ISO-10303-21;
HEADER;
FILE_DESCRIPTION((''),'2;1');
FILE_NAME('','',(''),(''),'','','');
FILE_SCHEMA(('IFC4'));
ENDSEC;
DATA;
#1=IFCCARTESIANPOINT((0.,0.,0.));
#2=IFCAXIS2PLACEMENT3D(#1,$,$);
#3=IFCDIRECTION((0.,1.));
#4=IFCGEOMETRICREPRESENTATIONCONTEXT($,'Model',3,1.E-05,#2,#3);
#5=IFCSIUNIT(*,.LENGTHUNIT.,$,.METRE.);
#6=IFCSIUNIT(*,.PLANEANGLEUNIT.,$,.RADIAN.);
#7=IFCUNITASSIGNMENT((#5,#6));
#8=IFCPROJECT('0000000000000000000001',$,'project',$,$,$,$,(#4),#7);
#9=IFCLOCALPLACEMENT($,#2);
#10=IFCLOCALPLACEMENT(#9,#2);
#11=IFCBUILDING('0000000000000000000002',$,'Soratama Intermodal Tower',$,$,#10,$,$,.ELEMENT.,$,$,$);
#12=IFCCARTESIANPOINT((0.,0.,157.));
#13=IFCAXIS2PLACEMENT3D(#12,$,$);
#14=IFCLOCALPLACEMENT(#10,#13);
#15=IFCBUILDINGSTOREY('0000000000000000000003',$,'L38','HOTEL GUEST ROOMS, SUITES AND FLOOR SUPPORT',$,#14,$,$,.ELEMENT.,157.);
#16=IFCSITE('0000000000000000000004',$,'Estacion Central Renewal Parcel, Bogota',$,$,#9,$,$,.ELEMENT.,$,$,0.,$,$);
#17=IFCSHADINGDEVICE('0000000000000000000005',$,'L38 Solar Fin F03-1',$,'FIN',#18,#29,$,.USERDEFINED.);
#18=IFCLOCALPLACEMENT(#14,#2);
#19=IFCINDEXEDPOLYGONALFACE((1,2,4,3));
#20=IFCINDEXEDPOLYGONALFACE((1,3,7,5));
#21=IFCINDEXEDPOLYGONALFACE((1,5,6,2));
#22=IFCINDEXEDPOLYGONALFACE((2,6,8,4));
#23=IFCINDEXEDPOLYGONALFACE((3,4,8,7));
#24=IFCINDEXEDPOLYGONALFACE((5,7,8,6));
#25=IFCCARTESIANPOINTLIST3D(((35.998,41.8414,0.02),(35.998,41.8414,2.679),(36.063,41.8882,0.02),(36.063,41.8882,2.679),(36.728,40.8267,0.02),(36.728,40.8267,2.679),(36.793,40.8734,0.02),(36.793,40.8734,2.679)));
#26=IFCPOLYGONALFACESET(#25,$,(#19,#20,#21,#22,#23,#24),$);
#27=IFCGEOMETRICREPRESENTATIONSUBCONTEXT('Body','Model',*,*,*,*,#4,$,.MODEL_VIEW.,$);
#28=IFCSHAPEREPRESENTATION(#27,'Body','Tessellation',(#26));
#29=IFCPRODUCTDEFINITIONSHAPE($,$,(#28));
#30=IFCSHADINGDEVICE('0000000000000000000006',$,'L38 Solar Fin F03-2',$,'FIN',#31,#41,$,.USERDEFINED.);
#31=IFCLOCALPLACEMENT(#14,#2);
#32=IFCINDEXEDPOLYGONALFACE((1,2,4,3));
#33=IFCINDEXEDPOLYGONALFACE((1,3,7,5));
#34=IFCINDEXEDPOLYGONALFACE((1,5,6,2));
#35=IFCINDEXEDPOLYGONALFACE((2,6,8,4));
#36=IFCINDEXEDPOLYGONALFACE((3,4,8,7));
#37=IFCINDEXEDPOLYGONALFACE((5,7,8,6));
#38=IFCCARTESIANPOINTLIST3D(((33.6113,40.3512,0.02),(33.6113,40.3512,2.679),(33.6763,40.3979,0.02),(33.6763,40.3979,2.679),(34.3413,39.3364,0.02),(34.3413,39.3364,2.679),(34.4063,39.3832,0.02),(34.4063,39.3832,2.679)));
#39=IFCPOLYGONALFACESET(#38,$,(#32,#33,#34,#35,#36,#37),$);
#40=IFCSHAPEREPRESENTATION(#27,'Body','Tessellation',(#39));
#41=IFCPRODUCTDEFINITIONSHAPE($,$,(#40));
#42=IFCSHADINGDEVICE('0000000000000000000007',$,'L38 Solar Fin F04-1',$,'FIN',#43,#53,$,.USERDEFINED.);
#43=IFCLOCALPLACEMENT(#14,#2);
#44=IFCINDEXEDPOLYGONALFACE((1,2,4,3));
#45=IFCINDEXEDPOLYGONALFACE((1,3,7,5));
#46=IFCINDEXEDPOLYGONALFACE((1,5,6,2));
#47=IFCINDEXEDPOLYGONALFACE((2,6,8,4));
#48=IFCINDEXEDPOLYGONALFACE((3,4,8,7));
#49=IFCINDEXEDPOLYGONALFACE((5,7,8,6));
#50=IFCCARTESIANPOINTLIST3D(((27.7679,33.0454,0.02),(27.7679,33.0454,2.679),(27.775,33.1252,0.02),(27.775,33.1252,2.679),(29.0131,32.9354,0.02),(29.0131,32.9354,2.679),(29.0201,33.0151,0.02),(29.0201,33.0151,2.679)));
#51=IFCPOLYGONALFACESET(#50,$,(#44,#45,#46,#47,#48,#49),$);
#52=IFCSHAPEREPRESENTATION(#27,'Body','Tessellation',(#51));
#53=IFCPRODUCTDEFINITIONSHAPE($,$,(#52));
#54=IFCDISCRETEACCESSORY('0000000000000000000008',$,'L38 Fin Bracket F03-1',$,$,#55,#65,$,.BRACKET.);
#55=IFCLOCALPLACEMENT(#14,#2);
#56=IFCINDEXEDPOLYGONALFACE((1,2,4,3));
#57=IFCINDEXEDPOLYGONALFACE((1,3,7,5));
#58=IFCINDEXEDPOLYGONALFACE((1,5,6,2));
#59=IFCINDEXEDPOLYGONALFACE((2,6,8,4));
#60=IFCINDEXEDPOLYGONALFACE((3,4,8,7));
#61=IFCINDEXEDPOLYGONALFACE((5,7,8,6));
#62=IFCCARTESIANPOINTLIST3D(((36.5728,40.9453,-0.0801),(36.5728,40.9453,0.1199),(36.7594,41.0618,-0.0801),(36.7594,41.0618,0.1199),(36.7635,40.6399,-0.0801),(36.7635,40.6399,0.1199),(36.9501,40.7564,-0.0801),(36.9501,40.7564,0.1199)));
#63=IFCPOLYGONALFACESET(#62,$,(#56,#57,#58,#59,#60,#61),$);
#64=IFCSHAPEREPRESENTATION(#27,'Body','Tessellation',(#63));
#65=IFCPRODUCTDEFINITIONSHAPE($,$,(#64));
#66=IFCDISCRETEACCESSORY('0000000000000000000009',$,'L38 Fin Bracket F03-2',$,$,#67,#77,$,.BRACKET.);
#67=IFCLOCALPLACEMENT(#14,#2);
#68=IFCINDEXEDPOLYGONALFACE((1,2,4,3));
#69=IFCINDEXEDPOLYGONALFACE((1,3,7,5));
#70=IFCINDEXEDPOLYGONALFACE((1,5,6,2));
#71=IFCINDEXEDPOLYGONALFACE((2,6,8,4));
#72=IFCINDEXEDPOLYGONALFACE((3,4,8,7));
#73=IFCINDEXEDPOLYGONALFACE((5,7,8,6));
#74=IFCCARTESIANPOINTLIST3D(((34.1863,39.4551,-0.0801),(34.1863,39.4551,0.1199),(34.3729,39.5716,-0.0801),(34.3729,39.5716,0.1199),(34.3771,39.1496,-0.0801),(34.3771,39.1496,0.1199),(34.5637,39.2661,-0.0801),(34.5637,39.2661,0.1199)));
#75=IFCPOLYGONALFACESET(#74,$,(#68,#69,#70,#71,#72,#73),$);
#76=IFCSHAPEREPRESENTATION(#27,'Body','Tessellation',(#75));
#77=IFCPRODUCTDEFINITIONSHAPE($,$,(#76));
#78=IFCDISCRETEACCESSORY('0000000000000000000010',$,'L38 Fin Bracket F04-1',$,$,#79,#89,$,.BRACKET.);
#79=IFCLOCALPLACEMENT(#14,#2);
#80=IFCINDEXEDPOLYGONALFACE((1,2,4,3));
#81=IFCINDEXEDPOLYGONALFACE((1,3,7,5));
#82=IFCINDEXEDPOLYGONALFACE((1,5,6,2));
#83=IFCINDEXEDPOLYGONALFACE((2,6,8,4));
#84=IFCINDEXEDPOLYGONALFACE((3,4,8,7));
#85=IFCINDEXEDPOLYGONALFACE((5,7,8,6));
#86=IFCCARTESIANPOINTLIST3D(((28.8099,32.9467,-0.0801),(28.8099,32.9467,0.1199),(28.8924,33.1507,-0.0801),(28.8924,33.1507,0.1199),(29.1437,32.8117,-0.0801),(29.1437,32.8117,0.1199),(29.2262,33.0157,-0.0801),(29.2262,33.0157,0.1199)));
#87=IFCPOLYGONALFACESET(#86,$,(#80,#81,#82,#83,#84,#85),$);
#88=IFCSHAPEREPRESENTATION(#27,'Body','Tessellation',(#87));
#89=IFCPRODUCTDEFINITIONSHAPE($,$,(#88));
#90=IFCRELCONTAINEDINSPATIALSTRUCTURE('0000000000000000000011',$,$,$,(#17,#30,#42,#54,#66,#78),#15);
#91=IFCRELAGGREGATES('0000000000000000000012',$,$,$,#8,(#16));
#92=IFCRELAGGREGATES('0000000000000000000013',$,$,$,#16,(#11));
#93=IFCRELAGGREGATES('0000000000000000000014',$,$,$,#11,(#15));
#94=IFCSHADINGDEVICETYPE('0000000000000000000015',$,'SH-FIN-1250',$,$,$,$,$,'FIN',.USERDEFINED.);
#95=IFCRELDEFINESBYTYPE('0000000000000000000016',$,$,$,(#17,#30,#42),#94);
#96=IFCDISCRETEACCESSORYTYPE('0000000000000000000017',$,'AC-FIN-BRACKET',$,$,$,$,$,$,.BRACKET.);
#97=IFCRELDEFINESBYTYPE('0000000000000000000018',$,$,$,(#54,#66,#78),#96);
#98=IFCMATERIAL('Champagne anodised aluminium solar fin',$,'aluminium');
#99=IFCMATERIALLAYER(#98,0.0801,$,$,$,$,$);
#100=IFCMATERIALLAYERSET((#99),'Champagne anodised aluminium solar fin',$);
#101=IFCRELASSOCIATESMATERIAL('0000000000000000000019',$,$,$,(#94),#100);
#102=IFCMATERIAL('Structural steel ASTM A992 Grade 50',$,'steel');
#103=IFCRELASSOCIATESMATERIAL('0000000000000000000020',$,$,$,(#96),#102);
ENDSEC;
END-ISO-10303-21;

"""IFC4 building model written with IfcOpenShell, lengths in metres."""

from ifc_helpers import new_model, si_unit, direction, frame, origin, origin_2d, place, context, subcontext, project, spatial, rectangle, extrude, material, layer, layer_set, type_object, element, save


model = new_model("IFC4")

# Units and contexts
model_context = context("Model", 3, precision=1e-05, world=origin(), true_north=direction((0.0, 1.0)))
body_context = subcontext(model_context, "Body", "Model", "MODEL_VIEW")
ifc_project = project(units=[si_unit("LENGTHUNIT", "METRE"), si_unit("PLANEANGLEUNIT", "RADIAN")], contexts=[model_context])

# Site, building, storey
site_placement = place(None, origin())
site = spatial("IfcSite", under=ifc_project, at=site_placement, Name="Estacion Central Renewal Parcel, Bogota", CompositionType="ELEMENT", RefElevation=0.0)
building_placement = place(site_placement, origin())
building = spatial("IfcBuilding", under=site, at=building_placement, Name="Soratama Intermodal Tower", CompositionType="ELEMENT")
storey_placement = place(building_placement, frame((0.0, 0.0, 157.0)))
storey = spatial("IfcBuildingStorey", under=building, at=storey_placement, Name="L38", Description="HOTEL GUEST ROOMS, SUITES AND FLOOR SUPPORT", CompositionType="ELEMENT", Elevation=157.0)

# Shading devices
ifc_material_1 = material(Name="Champagne anodised aluminium solar fin", Category="aluminium")
ifc_layer_1 = layer(ifc_material_1, 0.0801)
ifc_layer_set_1 = layer_set([ifc_layer_1], Name="Champagne anodised aluminium solar fin")
shading_device_type = type_object("IfcShadingDeviceType", Name="SH-FIN-1250", ElementType="FIN", PredefinedType="USERDEFINED", material=ifc_layer_set_1)
for number, where, z_axis, x_axis, name in (
    (1, (36.3955, 41.3574, 0.02), (0.0, 0.0, 1.0), (-0.583966, 0.811778, 0.0), "L38 Solar Fin F03-1"),
    (2, (34.0088, 39.8672, 0.02), (0.0, 0.0, 1.0), (-0.583966, 0.811778, 0.0), "L38 Solar Fin F03-2"),
    (3, (28.394, 33.0303, 0.02), (0.0, 0.0, 1.0), (-0.996118, 0.088025, 0.0), "L38 Solar Fin F04-1"),
):
    element("IfcShadingDevice", number, at=place(storey_placement, frame(where, z_axis=z_axis, x_axis=x_axis)), inside=storey, type_object=shading_device_type, Name=name, ObjectType="FIN", PredefinedType="USERDEFINED", context=body_context, shape_type="SweptSolid", body=[
        extrude(rectangle(XDim=1.25, YDim=0.0801, at=origin_2d()), origin(), (0.0, 0.0, 1.0), 2.6589),
    ])

# Discrete accessories
ifc_material_2 = material(Name="Structural steel ASTM A992 Grade 50", Category="steel")
discrete_accessory_type = type_object("IfcDiscreteAccessoryType", Name="AC-FIN-BRACKET", PredefinedType="BRACKET", material=ifc_material_2)
for number, where, z_axis, x_axis, name in (
    (4, (36.7615, 40.8508, -0.0801), (0.0, 0.0, 1.0), (-0.529623, 0.848233, 0.0), "L38 Fin Bracket F03-1"),
    (5, (34.375, 39.3606, -0.0801), (0.0, 0.0, 1.0), (-0.529623, 0.848233, 0.0), "L38 Fin Bracket F03-2"),
    (6, (29.0181, 32.9812, -0.0801), (0.0, 0.0, 1.0), (-0.927053, 0.37493, 0.0), "L38 Fin Bracket F04-1"),
):
    element("IfcDiscreteAccessory", number, at=place(storey_placement, frame(where, z_axis=z_axis, x_axis=x_axis)), inside=storey, type_object=discrete_accessory_type, Name=name, PredefinedType="BRACKET", context=body_context, shape_type="SweptSolid", body=[
        extrude(rectangle(XDim=0.3601, YDim=0.22, at=origin_2d()), origin(), (0.0, 0.0, 1.0), 0.2),
    ])

save(model, "model.ifc")
